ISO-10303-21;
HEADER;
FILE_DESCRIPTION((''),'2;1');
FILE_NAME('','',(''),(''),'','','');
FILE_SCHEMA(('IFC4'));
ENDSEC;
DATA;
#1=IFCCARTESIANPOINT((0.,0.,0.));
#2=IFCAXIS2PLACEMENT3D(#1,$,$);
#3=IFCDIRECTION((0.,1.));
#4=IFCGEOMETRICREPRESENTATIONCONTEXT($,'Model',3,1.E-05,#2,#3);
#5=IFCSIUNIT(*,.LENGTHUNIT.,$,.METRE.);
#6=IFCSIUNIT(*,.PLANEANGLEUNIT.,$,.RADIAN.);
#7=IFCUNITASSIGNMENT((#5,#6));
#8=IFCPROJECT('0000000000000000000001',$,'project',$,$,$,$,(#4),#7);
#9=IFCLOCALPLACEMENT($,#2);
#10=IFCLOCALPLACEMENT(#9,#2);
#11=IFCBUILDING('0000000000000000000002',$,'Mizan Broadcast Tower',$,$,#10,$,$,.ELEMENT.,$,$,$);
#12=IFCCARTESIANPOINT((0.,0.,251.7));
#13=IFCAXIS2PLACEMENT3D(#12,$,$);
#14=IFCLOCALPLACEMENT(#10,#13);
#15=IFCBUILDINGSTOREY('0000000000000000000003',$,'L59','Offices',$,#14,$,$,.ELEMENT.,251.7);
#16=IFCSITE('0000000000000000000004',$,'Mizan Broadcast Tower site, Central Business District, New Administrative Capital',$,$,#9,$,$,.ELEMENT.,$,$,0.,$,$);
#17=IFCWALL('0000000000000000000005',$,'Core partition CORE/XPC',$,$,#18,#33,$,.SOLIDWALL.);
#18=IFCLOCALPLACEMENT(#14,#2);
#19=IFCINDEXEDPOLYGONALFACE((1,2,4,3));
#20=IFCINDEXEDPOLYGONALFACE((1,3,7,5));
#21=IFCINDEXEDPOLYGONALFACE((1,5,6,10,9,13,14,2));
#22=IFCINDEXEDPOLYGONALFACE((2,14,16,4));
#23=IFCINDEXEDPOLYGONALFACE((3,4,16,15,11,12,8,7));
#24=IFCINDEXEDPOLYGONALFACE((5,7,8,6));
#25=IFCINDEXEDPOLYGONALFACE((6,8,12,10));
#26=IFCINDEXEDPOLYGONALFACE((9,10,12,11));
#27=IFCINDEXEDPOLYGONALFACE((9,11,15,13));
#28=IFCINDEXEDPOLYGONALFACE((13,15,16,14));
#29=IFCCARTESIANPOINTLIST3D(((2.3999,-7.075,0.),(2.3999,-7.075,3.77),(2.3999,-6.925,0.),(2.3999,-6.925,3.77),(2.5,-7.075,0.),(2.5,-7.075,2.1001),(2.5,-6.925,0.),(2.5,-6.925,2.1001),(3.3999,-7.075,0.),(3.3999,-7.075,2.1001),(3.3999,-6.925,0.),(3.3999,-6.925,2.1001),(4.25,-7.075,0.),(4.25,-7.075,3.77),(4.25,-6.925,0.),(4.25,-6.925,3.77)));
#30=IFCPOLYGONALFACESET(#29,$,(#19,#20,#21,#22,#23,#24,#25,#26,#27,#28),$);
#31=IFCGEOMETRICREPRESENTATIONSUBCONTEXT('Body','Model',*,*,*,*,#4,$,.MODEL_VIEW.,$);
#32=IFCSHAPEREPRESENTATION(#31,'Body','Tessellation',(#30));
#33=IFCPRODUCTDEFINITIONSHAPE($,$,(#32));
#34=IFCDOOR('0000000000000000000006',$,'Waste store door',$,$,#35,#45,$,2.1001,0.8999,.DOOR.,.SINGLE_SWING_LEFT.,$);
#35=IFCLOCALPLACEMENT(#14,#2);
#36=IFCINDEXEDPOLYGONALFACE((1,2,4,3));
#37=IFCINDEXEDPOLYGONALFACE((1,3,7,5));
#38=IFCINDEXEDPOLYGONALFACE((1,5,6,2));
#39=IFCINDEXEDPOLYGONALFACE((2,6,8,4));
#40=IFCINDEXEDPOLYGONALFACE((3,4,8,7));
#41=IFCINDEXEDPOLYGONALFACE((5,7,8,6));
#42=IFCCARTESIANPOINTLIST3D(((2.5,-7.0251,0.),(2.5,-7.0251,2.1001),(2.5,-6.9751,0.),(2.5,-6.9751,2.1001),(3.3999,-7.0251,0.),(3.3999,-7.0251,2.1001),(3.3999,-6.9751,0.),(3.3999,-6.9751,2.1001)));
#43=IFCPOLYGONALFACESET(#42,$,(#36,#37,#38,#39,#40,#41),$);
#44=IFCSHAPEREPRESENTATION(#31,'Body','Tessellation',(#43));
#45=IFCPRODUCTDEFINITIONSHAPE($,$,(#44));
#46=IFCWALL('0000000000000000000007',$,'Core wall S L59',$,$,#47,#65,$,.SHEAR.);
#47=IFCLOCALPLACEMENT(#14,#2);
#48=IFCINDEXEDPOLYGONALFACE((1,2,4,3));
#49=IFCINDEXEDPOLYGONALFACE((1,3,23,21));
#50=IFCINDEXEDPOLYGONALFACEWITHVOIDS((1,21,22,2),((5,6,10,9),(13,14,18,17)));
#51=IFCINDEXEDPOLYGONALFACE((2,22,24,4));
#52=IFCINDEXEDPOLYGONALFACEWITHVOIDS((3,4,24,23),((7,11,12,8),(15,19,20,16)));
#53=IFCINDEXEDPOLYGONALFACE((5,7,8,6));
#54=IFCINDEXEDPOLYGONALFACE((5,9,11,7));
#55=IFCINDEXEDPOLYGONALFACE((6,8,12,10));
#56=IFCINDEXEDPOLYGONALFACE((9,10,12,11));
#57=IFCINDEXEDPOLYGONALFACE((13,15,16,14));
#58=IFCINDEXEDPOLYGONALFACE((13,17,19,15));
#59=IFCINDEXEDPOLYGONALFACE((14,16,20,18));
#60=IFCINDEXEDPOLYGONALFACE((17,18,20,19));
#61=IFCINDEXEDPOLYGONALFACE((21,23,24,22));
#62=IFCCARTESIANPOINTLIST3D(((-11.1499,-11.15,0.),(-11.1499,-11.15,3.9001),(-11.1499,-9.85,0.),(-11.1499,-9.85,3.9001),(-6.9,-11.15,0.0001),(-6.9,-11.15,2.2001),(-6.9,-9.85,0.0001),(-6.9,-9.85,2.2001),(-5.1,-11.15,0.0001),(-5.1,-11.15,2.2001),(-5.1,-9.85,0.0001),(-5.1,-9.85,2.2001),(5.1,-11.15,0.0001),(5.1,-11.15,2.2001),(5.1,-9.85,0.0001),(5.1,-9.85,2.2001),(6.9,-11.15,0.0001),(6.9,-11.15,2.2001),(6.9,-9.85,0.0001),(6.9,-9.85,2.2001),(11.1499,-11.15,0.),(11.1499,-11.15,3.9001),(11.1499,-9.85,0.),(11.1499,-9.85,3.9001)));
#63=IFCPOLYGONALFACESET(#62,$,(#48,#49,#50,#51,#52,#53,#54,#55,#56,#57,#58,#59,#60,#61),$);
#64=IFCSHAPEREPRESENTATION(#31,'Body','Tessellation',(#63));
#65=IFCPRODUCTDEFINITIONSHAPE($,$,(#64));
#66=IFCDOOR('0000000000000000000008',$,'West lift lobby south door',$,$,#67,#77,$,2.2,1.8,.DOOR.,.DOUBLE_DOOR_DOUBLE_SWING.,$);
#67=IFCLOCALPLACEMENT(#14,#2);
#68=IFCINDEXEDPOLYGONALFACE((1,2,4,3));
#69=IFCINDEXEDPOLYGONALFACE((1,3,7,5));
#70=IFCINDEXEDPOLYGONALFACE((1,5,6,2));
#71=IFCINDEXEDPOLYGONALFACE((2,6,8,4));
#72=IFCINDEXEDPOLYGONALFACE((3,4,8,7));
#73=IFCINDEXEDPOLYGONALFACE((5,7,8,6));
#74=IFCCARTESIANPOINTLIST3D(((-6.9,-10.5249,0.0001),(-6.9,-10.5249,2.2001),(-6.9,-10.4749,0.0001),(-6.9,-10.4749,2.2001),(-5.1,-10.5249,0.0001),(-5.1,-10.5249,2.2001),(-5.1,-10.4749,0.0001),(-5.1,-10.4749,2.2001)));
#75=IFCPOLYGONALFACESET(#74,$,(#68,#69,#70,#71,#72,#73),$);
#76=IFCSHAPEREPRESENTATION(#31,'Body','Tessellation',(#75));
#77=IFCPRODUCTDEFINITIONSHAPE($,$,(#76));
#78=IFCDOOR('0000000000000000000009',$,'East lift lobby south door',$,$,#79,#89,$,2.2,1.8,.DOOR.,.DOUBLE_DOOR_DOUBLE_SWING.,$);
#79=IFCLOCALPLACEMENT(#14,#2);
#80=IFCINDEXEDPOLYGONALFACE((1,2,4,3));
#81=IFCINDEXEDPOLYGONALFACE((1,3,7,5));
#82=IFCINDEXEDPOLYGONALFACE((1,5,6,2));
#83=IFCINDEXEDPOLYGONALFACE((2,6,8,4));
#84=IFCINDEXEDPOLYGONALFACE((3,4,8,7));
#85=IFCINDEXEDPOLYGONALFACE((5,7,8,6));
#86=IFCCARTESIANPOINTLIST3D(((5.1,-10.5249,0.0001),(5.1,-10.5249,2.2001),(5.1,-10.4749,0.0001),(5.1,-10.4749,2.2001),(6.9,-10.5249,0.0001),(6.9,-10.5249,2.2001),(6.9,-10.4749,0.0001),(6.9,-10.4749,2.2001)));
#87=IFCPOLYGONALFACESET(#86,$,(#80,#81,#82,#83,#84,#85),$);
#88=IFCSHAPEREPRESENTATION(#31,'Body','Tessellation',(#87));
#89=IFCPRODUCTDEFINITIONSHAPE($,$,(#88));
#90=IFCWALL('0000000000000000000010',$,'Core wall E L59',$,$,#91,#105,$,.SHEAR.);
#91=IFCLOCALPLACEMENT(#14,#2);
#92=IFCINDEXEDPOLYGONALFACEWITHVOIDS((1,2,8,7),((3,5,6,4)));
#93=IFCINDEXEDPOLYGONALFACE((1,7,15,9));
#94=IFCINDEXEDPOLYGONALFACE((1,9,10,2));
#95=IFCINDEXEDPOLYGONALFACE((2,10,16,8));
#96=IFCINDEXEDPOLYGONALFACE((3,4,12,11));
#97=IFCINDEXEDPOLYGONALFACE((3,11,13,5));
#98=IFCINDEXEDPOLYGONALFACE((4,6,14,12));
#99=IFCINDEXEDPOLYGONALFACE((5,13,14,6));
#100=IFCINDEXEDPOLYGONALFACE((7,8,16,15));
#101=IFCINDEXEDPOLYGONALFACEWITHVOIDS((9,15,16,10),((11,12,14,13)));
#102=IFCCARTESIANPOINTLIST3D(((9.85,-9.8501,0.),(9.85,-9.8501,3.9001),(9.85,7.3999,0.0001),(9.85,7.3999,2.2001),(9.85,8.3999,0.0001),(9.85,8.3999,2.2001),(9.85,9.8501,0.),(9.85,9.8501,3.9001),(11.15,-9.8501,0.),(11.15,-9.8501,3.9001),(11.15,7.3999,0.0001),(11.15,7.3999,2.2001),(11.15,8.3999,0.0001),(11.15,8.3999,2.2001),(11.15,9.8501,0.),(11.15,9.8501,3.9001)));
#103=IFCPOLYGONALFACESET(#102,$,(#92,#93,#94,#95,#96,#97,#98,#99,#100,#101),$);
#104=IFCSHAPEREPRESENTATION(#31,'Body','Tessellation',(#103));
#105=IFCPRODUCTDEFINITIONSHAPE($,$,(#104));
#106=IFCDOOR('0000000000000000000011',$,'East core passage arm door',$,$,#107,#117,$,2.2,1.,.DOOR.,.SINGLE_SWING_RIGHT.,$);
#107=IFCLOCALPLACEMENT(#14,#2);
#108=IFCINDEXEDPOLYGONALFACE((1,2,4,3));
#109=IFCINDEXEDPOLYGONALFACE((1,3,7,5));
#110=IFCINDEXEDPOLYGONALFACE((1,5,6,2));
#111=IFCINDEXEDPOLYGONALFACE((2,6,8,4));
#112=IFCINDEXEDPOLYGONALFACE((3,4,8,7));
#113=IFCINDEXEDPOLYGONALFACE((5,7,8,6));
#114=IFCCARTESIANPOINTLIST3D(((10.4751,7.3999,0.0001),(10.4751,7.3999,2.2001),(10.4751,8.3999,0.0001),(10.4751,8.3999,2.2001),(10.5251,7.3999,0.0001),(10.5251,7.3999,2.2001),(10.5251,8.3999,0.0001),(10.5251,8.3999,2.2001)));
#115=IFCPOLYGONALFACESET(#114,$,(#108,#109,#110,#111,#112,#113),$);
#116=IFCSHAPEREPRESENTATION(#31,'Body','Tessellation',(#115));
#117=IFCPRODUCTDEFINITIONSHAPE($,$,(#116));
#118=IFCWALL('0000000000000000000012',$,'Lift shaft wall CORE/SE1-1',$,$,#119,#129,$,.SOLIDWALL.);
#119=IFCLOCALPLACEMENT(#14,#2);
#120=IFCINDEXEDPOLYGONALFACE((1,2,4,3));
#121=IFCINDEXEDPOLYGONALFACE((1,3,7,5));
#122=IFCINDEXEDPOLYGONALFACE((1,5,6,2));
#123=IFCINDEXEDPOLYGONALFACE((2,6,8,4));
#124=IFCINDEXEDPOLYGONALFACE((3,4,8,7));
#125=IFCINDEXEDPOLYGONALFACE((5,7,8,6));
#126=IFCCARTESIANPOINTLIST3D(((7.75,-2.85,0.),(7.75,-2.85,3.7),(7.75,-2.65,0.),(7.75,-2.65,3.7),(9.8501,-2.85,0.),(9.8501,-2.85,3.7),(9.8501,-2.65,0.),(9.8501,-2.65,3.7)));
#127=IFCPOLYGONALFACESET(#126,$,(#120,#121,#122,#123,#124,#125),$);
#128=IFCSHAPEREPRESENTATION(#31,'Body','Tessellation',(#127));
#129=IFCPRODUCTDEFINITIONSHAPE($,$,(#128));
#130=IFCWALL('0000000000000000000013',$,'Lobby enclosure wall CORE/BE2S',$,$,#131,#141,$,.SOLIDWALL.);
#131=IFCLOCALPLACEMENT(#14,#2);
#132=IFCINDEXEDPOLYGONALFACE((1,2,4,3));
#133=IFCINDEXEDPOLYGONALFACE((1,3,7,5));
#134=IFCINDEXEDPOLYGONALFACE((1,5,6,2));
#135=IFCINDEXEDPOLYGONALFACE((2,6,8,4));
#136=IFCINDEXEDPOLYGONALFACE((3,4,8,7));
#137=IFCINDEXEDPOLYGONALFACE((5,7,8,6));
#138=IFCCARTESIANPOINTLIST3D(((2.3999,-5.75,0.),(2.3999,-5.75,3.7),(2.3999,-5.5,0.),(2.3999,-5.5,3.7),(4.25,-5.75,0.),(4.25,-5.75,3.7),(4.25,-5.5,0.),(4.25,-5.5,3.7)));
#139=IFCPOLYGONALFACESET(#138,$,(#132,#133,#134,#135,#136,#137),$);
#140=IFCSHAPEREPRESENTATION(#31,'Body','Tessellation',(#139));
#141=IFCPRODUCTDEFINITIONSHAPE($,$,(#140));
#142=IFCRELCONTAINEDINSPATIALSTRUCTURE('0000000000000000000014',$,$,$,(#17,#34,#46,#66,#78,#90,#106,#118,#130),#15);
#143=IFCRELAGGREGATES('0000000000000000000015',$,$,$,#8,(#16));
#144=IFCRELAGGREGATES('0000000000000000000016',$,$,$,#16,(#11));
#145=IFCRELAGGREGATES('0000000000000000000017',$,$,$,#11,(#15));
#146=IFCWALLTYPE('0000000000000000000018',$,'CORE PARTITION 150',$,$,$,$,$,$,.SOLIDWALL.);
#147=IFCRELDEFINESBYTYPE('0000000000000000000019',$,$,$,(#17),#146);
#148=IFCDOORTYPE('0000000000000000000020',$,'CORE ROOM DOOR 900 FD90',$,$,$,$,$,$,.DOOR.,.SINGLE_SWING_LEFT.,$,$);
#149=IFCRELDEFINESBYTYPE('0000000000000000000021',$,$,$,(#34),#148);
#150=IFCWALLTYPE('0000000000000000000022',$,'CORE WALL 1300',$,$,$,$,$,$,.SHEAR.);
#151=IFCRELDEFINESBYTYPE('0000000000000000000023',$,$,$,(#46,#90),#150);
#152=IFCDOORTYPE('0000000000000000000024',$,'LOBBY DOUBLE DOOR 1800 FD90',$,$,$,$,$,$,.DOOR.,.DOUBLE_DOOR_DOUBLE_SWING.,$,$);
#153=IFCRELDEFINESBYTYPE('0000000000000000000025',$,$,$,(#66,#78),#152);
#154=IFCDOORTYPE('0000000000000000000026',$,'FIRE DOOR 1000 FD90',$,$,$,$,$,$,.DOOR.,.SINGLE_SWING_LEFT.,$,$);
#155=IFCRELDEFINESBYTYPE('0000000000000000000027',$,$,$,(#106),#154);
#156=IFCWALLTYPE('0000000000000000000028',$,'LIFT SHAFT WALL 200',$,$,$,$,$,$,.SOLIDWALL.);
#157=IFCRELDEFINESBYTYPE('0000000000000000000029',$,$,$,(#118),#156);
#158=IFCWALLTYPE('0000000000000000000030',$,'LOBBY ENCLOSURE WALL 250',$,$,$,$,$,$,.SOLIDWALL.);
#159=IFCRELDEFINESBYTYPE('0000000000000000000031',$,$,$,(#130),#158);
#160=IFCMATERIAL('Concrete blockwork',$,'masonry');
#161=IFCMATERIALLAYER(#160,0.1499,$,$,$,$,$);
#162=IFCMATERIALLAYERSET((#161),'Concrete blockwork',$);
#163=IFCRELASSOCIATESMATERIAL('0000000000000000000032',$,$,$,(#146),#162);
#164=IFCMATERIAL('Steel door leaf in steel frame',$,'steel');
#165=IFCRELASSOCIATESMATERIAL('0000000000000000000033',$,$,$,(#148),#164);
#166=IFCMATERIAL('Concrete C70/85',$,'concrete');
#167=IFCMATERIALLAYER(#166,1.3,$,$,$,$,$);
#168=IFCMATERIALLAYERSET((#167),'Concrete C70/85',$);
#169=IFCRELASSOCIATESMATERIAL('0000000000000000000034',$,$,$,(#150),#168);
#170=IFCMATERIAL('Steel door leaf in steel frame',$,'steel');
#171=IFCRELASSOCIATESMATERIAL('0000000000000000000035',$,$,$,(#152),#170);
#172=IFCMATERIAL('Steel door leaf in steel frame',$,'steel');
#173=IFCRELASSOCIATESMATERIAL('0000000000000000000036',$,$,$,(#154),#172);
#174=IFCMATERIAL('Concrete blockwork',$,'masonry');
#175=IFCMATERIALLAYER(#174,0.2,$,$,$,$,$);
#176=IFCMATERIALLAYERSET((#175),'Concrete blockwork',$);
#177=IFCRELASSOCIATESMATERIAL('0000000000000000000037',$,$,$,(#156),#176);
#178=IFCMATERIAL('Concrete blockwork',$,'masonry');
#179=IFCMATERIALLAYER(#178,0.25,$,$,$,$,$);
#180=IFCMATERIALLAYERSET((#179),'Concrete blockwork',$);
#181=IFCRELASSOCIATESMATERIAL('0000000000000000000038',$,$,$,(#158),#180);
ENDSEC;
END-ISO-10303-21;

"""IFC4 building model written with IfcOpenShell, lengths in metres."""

from ifc_helpers import new_model, si_unit, direction, frame, frame_2d, origin, place, context, subcontext, project, spatial, rectangle, extrude, material, layer, layer_set, type_object, element, fill, save


model = new_model("IFC4")

# Units and contexts
model_context = context("Model", 3, precision=1e-05, world=origin(), true_north=direction((0.0, 1.0)))
body_context = subcontext(model_context, "Body", "Model", "MODEL_VIEW")
ifc_project = project(units=[si_unit("LENGTHUNIT", "METRE"), si_unit("PLANEANGLEUNIT", "RADIAN")], contexts=[model_context])

# Site, building, storey
site_placement = place(None, origin())
site = spatial("IfcSite", under=ifc_project, at=site_placement, Name="Mizan Broadcast Tower site, Central Business District, New Administrative Capital", CompositionType="ELEMENT", RefElevation=0.0)
building_placement = place(site_placement, origin())
building = spatial("IfcBuilding", under=site, at=building_placement, Name="Mizan Broadcast Tower", CompositionType="ELEMENT")
storey_placement = place(building_placement, frame((0.0, 0.0, 251.7)))
storey = spatial("IfcBuildingStorey", under=building, at=storey_placement, Name="L59", Description="Offices", CompositionType="ELEMENT", Elevation=251.7)

# Wall, opening, door
ifc_material_1 = material(Name="Concrete blockwork", Category="masonry")
ifc_layer_1 = layer(ifc_material_1, 0.1499)
ifc_layer_set_1 = layer_set([ifc_layer_1], Name="Concrete blockwork")
wall_type_1 = type_object("IfcWallType", Name="CORE PARTITION 150", PredefinedType="SOLIDWALL", material=ifc_layer_set_1)
wall_1_placement = place(storey_placement, frame((2.3999, -7.0, 0.0), z_axis=(0.0, 0.0, 1.0), x_axis=(1.0, 0.0, 0.0)))
wall_1 = element("IfcWall", 1, at=wall_1_placement, inside=storey, type_object=wall_type_1, Name="Core partition CORE/XPC", PredefinedType="SOLIDWALL", context=body_context, shape_type="SweptSolid", body=[
    extrude(rectangle(XDim=1.8501, YDim=0.1499, at=frame_2d((0.925, 0.0))), origin(), (0.0, 0.0, 1.0), 3.77),
])
opening_1_placement = place(wall_1_placement, frame((0.1001, 0.0, 0.0)))
opening_1 = element("IfcOpeningElement", 2, at=opening_1_placement, cuts=wall_1, PredefinedType="OPENING", context=body_context, shape_type="SweptSolid", body=[
    extrude(rectangle(XDim=0.8999, YDim=2.1001, at=frame_2d((0.45, 1.05))), frame((0.0, 0.085, 0.0), z_axis=(0.0, -1.0, 0.0), x_axis=(1.0, 0.0, 0.0)), (0.0, 0.0, 1.0), 0.1699),
])
ifc_material_2 = material(Name="Steel door leaf in steel frame", Category="steel")
door_type_1 = type_object("IfcDoorType", Name="CORE ROOM DOOR 900 FD90", OperationType="SINGLE_SWING_LEFT", PredefinedType="DOOR", material=ifc_material_2)
door_1_placement = place(opening_1_placement, origin())
door_1 = element("IfcDoor", 3, at=door_1_placement, inside=storey, type_object=door_type_1, Name="Waste store door", OperationType="SINGLE_SWING_LEFT", OverallHeight=2.1001, OverallWidth=0.8999, PredefinedType="DOOR", context=body_context, shape_type="SweptSolid", body=[
    extrude(rectangle(XDim=0.8999, YDim=2.1001, at=frame_2d((0.45, 1.05))), frame((0.0, 0.0249, 0.0), z_axis=(0.0, -1.0, 0.0), x_axis=(1.0, 0.0, 0.0)), (0.0, 0.0, 1.0), 0.05),
])
fill(opening_1, door_1)

# Wall, openings, doors
ifc_material_3 = material(Name="Concrete C70/85", Category="concrete")
ifc_layer_2 = layer(ifc_material_3, 1.3)
ifc_layer_set_2 = layer_set([ifc_layer_2], Name="Concrete C70/85")
wall_type_2 = type_object("IfcWallType", Name="CORE WALL 1300", PredefinedType="SHEAR", material=ifc_layer_set_2)
wall_2_placement = place(storey_placement, frame((11.1499, -10.5, 0.0), z_axis=(0.0, 0.0, 1.0), x_axis=(-1.0, 0.0, 0.0)))
wall_2 = element("IfcWall", 4, at=wall_2_placement, inside=storey, type_object=wall_type_2, Name="Core wall S L59", PredefinedType="SHEAR", context=body_context, shape_type="SweptSolid", body=[
    extrude(rectangle(XDim=22.2998, YDim=1.3, at=frame_2d((11.1499, 0.0))), origin(), (0.0, 0.0, 1.0), 3.9001),
])
opening_2_placement = place(wall_2_placement, frame((16.25, 0.0, 0.0)))
opening_2 = element("IfcOpeningElement", 5, at=opening_2_placement, cuts=wall_2, PredefinedType="OPENING", context=body_context, shape_type="SweptSolid", body=[
    extrude(rectangle(XDim=1.8, YDim=2.2, at=frame_2d((0.8999, 1.1001))), frame((0.0, 0.6599, 0.0), z_axis=(0.0, -1.0, 0.0), x_axis=(1.0, 0.0, 0.0)), (0.0, 0.0, 1.0), 1.3201),
])
opening_3_placement = place(wall_2_placement, frame((4.25, 0.0, 0.0)))
opening_3 = element("IfcOpeningElement", 6, at=opening_3_placement, cuts=wall_2, PredefinedType="OPENING", context=body_context, shape_type="SweptSolid", body=[
    extrude(rectangle(XDim=1.8, YDim=2.2, at=frame_2d((0.8999, 1.1001))), frame((0.0, 0.6599, 0.0), z_axis=(0.0, -1.0, 0.0), x_axis=(1.0, 0.0, 0.0)), (0.0, 0.0, 1.0), 1.3201),
])
ifc_material_4 = material(Name="Steel door leaf in steel frame", Category="steel")
door_type_2 = type_object("IfcDoorType", Name="LOBBY DOUBLE DOOR 1800 FD90", OperationType="DOUBLE_DOOR_DOUBLE_SWING", PredefinedType="DOOR", material=ifc_material_4)
door_2_placement = place(opening_2_placement, origin())
door_2 = element("IfcDoor", 7, at=door_2_placement, inside=storey, type_object=door_type_2, Name="West lift lobby south door", OperationType="DOUBLE_DOOR_DOUBLE_SWING", OverallHeight=2.2, OverallWidth=1.8, PredefinedType="DOOR", context=body_context, shape_type="SweptSolid", body=[
    extrude(rectangle(XDim=1.8, YDim=2.2, at=frame_2d((0.8999, 1.1001))), frame((0.0, 0.0249, 0.0), z_axis=(0.0, -1.0, 0.0), x_axis=(1.0, 0.0, 0.0)), (0.0, 0.0, 1.0), 0.05),
])
fill(opening_2, door_2)
door_3_placement = place(opening_3_placement, origin())
door_3 = element("IfcDoor", 8, at=door_3_placement, inside=storey, type_object=door_type_2, Name="East lift lobby south door", OperationType="DOUBLE_DOOR_DOUBLE_SWING", OverallHeight=2.2, OverallWidth=1.8, PredefinedType="DOOR", context=body_context, shape_type="SweptSolid", body=[
    extrude(rectangle(XDim=1.8, YDim=2.2, at=frame_2d((0.8999, 1.1001))), frame((0.0, 0.0249, 0.0), z_axis=(0.0, -1.0, 0.0), x_axis=(1.0, 0.0, 0.0)), (0.0, 0.0, 1.0), 0.05),
])
fill(opening_3, door_3)

# Wall, opening, door
wall_3_placement = place(storey_placement, frame((10.5, -9.8501, 0.0), z_axis=(0.0, 0.0, 1.0), x_axis=(0.0, 1.0, 0.0)))
wall_3 = element("IfcWall", 9, at=wall_3_placement, inside=storey, type_object=wall_type_2, Name="Core wall E L59", PredefinedType="SHEAR", context=body_context, shape_type="SweptSolid", body=[
    extrude(rectangle(XDim=19.7002, YDim=1.3, at=frame_2d((9.8501, 0.0))), origin(), (0.0, 0.0, 1.0), 3.9001),
])
opening_4_placement = place(wall_3_placement, frame((17.25, 0.0, 0.0)))
opening_4 = element("IfcOpeningElement", 10, at=opening_4_placement, cuts=wall_3, PredefinedType="OPENING", context=body_context, shape_type="SweptSolid", body=[
    extrude(rectangle(XDim=1.0, YDim=2.2, at=frame_2d((0.5, 1.1001))), frame((0.0, 0.6599, 0.0), z_axis=(0.0, -1.0, 0.0), x_axis=(1.0, 0.0, 0.0)), (0.0, 0.0, 1.0), 1.3201),
])
ifc_material_5 = material(Name="Steel door leaf in steel frame", Category="steel")
door_type_3 = type_object("IfcDoorType", Name="FIRE DOOR 1000 FD90", OperationType="SINGLE_SWING_LEFT", PredefinedType="DOOR", material=ifc_material_5)
door_4_placement = place(opening_4_placement, origin())
door_4 = element("IfcDoor", 11, at=door_4_placement, inside=storey, type_object=door_type_3, Name="East core passage arm door", OperationType="SINGLE_SWING_RIGHT", OverallHeight=2.2, OverallWidth=1.0, PredefinedType="DOOR", context=body_context, shape_type="SweptSolid", body=[
    extrude(rectangle(XDim=1.0, YDim=2.2, at=frame_2d((0.5, 1.1001))), frame((0.0, 0.0249, 0.0), z_axis=(0.0, -1.0, 0.0), x_axis=(1.0, 0.0, 0.0)), (0.0, 0.0, 1.0), 0.05),
])
fill(opening_4, door_4)

# Walls
ifc_material_6 = material(Name="Concrete blockwork", Category="masonry")
ifc_layer_3 = layer(ifc_material_6, 0.2)
ifc_layer_set_3 = layer_set([ifc_layer_3], Name="Concrete blockwork")
wall_type_3 = type_object("IfcWallType", Name="LIFT SHAFT WALL 200", PredefinedType="SOLIDWALL", material=ifc_layer_set_3)
wall_4_placement = place(storey_placement, frame((7.75, -2.75, 0.0), z_axis=(0.0, 0.0, 1.0), x_axis=(1.0, 0.0, 0.0)))
element("IfcWall", 12, at=wall_4_placement, inside=storey, type_object=wall_type_3, Name="Lift shaft wall CORE/SE1-1", PredefinedType="SOLIDWALL", context=body_context, shape_type="SweptSolid", body=[
    extrude(rectangle(XDim=2.1001, YDim=0.2, at=frame_2d((1.05, 0.0))), origin(), (0.0, 0.0, 1.0), 3.7),
])
ifc_material_7 = material(Name="Concrete blockwork", Category="masonry")
ifc_layer_4 = layer(ifc_material_7, 0.25)
ifc_layer_set_4 = layer_set([ifc_layer_4], Name="Concrete blockwork")
wall_type_4 = type_object("IfcWallType", Name="LOBBY ENCLOSURE WALL 250", PredefinedType="SOLIDWALL", material=ifc_layer_set_4)
wall_5_placement = place(storey_placement, frame((2.3999, -5.625, 0.0), z_axis=(0.0, 0.0, 1.0), x_axis=(1.0, 0.0, 0.0)))
element("IfcWall", 13, at=wall_5_placement, inside=storey, type_object=wall_type_4, Name="Lobby enclosure wall CORE/BE2S", PredefinedType="SOLIDWALL", context=body_context, shape_type="SweptSolid", body=[
    extrude(rectangle(XDim=1.8501, YDim=0.25, at=frame_2d((0.925, 0.0))), origin(), (0.0, 0.0, 1.0), 3.7),
])

save(model, "model.ifc")
